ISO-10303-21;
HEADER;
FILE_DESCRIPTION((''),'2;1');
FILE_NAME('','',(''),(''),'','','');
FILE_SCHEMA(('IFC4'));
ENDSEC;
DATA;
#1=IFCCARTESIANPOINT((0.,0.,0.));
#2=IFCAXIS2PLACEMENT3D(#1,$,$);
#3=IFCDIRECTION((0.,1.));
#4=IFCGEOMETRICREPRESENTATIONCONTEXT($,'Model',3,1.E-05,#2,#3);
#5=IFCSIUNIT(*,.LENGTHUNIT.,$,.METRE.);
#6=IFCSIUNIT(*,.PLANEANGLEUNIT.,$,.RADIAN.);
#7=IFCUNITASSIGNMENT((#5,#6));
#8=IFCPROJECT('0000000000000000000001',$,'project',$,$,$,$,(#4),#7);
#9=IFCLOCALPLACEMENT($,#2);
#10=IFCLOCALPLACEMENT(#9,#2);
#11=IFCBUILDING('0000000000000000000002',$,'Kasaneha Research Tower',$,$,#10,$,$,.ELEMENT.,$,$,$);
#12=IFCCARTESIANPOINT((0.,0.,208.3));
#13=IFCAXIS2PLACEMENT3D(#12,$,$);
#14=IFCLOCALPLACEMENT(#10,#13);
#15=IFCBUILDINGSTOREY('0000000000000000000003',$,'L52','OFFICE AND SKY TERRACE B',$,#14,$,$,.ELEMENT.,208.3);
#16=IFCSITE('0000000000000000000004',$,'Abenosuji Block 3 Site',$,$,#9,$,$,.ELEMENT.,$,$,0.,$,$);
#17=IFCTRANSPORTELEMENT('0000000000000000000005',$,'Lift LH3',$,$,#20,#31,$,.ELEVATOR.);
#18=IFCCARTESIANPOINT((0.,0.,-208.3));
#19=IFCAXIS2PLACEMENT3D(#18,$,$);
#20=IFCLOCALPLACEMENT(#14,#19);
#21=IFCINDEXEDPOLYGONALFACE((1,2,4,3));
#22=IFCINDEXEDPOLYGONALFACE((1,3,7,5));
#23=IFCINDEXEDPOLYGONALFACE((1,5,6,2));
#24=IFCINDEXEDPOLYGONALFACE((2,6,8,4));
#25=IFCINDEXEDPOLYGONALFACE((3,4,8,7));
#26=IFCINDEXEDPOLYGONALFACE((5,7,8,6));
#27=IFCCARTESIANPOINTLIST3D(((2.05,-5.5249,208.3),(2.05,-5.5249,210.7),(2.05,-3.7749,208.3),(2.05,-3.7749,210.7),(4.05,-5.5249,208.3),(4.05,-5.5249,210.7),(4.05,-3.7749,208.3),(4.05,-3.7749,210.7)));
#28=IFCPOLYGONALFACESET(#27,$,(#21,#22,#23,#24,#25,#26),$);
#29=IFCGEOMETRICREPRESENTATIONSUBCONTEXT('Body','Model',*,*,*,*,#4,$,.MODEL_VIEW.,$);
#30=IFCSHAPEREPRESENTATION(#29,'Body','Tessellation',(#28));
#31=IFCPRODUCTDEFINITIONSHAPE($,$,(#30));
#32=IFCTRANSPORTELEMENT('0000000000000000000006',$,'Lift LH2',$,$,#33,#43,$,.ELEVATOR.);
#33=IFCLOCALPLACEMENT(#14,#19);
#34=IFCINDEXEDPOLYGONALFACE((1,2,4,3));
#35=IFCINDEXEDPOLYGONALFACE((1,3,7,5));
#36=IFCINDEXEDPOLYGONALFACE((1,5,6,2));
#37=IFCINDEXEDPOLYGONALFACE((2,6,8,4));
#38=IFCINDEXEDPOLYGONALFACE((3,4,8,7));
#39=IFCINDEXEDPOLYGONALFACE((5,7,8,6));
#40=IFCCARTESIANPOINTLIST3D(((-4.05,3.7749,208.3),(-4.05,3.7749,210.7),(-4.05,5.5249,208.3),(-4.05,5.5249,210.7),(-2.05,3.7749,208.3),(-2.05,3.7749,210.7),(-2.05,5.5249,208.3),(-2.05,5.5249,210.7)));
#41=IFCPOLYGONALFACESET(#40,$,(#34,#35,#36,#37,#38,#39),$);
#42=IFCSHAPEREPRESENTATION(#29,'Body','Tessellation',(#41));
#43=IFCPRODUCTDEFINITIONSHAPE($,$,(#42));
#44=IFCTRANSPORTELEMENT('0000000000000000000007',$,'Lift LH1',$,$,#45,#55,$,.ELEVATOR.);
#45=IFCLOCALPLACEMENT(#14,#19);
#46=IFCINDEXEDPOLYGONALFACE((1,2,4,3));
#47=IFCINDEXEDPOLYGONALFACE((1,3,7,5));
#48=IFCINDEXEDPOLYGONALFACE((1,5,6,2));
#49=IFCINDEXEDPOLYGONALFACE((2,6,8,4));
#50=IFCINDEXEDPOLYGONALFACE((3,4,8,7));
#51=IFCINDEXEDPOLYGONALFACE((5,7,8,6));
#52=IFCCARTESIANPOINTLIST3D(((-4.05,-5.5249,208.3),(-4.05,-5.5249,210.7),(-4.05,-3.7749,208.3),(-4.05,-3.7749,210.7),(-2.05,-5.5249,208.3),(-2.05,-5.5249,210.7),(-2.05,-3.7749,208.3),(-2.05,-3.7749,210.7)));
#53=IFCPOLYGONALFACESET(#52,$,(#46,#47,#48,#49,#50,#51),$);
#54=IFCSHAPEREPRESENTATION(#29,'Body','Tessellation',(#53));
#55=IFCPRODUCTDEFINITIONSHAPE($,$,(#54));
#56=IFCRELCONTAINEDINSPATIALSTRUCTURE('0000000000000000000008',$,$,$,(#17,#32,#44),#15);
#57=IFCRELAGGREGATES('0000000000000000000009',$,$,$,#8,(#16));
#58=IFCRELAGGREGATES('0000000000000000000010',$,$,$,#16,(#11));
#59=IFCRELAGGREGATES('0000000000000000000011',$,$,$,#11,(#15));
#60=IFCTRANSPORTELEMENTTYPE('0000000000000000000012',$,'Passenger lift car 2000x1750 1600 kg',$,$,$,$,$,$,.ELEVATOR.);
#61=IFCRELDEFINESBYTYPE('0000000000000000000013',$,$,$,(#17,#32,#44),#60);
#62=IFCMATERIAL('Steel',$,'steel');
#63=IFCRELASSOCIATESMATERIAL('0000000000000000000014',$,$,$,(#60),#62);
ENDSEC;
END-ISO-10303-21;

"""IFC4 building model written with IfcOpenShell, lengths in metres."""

from ifc_helpers import new_model, si_unit, direction, frame, origin, origin_2d, place, context, subcontext, project, spatial, rectangle, extrude, material, type_object, element, save


model = new_model("IFC4")

# Units and contexts
model_context = context("Model", 3, precision=1e-05, world=origin(), true_north=direction((0.0, 1.0)))
body_context = subcontext(model_context, "Body", "Model", "MODEL_VIEW")
ifc_project = project(units=[si_unit("LENGTHUNIT", "METRE"), si_unit("PLANEANGLEUNIT", "RADIAN")], contexts=[model_context])

# Site, building, storey
site_placement = place(None, origin())
site = spatial("IfcSite", under=ifc_project, at=site_placement, Name="Abenosuji Block 3 Site", CompositionType="ELEMENT", RefElevation=0.0)
building_placement = place(site_placement, origin())
building = spatial("IfcBuilding", under=site, at=building_placement, Name="Kasaneha Research Tower", CompositionType="ELEMENT")
storey_placement = place(building_placement, frame((0.0, 0.0, 208.3)))
storey = spatial("IfcBuildingStorey", under=building, at=storey_placement, Name="L52", Description="OFFICE AND SKY TERRACE B", CompositionType="ELEMENT", Elevation=208.3)

# Transport elements
ifc_material_1 = material(Name="Steel", Category="steel")
transport_element_type = type_object("IfcTransportElementType", Name="Passenger lift car 2000x1750 1600 kg", PredefinedType="ELEVATOR", material=ifc_material_1)
transport_element_1_placement = place(storey_placement, frame((0.0, 0.0, -208.3)))
element("IfcTransportElement", 1, at=transport_element_1_placement, inside=storey, type_object=transport_element_type, Name="Lift LH3", PredefinedType="ELEVATOR", context=body_context, shape_type="SweptSolid", body=[
    extrude(rectangle(XDim=2.0, YDim=1.75, at=origin_2d()), frame((3.05, -4.6499, 208.3)), (0.0, 0.0, 1.0), 2.3999),
])
transport_element_2_placement = place(storey_placement, frame((0.0, 0.0, -208.3)))
element("IfcTransportElement", 2, at=transport_element_2_placement, inside=storey, type_object=transport_element_type, Name="Lift LH2", PredefinedType="ELEVATOR", context=body_context, shape_type="SweptSolid", body=[
    extrude(rectangle(XDim=2.0, YDim=1.75, at=origin_2d()), frame((-3.05, 4.6499, 208.3)), (0.0, 0.0, 1.0), 2.3999),
])
transport_element_3_placement = place(storey_placement, frame((0.0, 0.0, -208.3)))
element("IfcTransportElement", 3, at=transport_element_3_placement, inside=storey, type_object=transport_element_type, Name="Lift LH1", PredefinedType="ELEVATOR", context=body_context, shape_type="SweptSolid", body=[
    extrude(rectangle(XDim=2.0, YDim=1.75, at=origin_2d()), frame((-3.05, -4.6499, 208.3)), (0.0, 0.0, 1.0), 2.3999),
])

save(model, "model.ifc")
